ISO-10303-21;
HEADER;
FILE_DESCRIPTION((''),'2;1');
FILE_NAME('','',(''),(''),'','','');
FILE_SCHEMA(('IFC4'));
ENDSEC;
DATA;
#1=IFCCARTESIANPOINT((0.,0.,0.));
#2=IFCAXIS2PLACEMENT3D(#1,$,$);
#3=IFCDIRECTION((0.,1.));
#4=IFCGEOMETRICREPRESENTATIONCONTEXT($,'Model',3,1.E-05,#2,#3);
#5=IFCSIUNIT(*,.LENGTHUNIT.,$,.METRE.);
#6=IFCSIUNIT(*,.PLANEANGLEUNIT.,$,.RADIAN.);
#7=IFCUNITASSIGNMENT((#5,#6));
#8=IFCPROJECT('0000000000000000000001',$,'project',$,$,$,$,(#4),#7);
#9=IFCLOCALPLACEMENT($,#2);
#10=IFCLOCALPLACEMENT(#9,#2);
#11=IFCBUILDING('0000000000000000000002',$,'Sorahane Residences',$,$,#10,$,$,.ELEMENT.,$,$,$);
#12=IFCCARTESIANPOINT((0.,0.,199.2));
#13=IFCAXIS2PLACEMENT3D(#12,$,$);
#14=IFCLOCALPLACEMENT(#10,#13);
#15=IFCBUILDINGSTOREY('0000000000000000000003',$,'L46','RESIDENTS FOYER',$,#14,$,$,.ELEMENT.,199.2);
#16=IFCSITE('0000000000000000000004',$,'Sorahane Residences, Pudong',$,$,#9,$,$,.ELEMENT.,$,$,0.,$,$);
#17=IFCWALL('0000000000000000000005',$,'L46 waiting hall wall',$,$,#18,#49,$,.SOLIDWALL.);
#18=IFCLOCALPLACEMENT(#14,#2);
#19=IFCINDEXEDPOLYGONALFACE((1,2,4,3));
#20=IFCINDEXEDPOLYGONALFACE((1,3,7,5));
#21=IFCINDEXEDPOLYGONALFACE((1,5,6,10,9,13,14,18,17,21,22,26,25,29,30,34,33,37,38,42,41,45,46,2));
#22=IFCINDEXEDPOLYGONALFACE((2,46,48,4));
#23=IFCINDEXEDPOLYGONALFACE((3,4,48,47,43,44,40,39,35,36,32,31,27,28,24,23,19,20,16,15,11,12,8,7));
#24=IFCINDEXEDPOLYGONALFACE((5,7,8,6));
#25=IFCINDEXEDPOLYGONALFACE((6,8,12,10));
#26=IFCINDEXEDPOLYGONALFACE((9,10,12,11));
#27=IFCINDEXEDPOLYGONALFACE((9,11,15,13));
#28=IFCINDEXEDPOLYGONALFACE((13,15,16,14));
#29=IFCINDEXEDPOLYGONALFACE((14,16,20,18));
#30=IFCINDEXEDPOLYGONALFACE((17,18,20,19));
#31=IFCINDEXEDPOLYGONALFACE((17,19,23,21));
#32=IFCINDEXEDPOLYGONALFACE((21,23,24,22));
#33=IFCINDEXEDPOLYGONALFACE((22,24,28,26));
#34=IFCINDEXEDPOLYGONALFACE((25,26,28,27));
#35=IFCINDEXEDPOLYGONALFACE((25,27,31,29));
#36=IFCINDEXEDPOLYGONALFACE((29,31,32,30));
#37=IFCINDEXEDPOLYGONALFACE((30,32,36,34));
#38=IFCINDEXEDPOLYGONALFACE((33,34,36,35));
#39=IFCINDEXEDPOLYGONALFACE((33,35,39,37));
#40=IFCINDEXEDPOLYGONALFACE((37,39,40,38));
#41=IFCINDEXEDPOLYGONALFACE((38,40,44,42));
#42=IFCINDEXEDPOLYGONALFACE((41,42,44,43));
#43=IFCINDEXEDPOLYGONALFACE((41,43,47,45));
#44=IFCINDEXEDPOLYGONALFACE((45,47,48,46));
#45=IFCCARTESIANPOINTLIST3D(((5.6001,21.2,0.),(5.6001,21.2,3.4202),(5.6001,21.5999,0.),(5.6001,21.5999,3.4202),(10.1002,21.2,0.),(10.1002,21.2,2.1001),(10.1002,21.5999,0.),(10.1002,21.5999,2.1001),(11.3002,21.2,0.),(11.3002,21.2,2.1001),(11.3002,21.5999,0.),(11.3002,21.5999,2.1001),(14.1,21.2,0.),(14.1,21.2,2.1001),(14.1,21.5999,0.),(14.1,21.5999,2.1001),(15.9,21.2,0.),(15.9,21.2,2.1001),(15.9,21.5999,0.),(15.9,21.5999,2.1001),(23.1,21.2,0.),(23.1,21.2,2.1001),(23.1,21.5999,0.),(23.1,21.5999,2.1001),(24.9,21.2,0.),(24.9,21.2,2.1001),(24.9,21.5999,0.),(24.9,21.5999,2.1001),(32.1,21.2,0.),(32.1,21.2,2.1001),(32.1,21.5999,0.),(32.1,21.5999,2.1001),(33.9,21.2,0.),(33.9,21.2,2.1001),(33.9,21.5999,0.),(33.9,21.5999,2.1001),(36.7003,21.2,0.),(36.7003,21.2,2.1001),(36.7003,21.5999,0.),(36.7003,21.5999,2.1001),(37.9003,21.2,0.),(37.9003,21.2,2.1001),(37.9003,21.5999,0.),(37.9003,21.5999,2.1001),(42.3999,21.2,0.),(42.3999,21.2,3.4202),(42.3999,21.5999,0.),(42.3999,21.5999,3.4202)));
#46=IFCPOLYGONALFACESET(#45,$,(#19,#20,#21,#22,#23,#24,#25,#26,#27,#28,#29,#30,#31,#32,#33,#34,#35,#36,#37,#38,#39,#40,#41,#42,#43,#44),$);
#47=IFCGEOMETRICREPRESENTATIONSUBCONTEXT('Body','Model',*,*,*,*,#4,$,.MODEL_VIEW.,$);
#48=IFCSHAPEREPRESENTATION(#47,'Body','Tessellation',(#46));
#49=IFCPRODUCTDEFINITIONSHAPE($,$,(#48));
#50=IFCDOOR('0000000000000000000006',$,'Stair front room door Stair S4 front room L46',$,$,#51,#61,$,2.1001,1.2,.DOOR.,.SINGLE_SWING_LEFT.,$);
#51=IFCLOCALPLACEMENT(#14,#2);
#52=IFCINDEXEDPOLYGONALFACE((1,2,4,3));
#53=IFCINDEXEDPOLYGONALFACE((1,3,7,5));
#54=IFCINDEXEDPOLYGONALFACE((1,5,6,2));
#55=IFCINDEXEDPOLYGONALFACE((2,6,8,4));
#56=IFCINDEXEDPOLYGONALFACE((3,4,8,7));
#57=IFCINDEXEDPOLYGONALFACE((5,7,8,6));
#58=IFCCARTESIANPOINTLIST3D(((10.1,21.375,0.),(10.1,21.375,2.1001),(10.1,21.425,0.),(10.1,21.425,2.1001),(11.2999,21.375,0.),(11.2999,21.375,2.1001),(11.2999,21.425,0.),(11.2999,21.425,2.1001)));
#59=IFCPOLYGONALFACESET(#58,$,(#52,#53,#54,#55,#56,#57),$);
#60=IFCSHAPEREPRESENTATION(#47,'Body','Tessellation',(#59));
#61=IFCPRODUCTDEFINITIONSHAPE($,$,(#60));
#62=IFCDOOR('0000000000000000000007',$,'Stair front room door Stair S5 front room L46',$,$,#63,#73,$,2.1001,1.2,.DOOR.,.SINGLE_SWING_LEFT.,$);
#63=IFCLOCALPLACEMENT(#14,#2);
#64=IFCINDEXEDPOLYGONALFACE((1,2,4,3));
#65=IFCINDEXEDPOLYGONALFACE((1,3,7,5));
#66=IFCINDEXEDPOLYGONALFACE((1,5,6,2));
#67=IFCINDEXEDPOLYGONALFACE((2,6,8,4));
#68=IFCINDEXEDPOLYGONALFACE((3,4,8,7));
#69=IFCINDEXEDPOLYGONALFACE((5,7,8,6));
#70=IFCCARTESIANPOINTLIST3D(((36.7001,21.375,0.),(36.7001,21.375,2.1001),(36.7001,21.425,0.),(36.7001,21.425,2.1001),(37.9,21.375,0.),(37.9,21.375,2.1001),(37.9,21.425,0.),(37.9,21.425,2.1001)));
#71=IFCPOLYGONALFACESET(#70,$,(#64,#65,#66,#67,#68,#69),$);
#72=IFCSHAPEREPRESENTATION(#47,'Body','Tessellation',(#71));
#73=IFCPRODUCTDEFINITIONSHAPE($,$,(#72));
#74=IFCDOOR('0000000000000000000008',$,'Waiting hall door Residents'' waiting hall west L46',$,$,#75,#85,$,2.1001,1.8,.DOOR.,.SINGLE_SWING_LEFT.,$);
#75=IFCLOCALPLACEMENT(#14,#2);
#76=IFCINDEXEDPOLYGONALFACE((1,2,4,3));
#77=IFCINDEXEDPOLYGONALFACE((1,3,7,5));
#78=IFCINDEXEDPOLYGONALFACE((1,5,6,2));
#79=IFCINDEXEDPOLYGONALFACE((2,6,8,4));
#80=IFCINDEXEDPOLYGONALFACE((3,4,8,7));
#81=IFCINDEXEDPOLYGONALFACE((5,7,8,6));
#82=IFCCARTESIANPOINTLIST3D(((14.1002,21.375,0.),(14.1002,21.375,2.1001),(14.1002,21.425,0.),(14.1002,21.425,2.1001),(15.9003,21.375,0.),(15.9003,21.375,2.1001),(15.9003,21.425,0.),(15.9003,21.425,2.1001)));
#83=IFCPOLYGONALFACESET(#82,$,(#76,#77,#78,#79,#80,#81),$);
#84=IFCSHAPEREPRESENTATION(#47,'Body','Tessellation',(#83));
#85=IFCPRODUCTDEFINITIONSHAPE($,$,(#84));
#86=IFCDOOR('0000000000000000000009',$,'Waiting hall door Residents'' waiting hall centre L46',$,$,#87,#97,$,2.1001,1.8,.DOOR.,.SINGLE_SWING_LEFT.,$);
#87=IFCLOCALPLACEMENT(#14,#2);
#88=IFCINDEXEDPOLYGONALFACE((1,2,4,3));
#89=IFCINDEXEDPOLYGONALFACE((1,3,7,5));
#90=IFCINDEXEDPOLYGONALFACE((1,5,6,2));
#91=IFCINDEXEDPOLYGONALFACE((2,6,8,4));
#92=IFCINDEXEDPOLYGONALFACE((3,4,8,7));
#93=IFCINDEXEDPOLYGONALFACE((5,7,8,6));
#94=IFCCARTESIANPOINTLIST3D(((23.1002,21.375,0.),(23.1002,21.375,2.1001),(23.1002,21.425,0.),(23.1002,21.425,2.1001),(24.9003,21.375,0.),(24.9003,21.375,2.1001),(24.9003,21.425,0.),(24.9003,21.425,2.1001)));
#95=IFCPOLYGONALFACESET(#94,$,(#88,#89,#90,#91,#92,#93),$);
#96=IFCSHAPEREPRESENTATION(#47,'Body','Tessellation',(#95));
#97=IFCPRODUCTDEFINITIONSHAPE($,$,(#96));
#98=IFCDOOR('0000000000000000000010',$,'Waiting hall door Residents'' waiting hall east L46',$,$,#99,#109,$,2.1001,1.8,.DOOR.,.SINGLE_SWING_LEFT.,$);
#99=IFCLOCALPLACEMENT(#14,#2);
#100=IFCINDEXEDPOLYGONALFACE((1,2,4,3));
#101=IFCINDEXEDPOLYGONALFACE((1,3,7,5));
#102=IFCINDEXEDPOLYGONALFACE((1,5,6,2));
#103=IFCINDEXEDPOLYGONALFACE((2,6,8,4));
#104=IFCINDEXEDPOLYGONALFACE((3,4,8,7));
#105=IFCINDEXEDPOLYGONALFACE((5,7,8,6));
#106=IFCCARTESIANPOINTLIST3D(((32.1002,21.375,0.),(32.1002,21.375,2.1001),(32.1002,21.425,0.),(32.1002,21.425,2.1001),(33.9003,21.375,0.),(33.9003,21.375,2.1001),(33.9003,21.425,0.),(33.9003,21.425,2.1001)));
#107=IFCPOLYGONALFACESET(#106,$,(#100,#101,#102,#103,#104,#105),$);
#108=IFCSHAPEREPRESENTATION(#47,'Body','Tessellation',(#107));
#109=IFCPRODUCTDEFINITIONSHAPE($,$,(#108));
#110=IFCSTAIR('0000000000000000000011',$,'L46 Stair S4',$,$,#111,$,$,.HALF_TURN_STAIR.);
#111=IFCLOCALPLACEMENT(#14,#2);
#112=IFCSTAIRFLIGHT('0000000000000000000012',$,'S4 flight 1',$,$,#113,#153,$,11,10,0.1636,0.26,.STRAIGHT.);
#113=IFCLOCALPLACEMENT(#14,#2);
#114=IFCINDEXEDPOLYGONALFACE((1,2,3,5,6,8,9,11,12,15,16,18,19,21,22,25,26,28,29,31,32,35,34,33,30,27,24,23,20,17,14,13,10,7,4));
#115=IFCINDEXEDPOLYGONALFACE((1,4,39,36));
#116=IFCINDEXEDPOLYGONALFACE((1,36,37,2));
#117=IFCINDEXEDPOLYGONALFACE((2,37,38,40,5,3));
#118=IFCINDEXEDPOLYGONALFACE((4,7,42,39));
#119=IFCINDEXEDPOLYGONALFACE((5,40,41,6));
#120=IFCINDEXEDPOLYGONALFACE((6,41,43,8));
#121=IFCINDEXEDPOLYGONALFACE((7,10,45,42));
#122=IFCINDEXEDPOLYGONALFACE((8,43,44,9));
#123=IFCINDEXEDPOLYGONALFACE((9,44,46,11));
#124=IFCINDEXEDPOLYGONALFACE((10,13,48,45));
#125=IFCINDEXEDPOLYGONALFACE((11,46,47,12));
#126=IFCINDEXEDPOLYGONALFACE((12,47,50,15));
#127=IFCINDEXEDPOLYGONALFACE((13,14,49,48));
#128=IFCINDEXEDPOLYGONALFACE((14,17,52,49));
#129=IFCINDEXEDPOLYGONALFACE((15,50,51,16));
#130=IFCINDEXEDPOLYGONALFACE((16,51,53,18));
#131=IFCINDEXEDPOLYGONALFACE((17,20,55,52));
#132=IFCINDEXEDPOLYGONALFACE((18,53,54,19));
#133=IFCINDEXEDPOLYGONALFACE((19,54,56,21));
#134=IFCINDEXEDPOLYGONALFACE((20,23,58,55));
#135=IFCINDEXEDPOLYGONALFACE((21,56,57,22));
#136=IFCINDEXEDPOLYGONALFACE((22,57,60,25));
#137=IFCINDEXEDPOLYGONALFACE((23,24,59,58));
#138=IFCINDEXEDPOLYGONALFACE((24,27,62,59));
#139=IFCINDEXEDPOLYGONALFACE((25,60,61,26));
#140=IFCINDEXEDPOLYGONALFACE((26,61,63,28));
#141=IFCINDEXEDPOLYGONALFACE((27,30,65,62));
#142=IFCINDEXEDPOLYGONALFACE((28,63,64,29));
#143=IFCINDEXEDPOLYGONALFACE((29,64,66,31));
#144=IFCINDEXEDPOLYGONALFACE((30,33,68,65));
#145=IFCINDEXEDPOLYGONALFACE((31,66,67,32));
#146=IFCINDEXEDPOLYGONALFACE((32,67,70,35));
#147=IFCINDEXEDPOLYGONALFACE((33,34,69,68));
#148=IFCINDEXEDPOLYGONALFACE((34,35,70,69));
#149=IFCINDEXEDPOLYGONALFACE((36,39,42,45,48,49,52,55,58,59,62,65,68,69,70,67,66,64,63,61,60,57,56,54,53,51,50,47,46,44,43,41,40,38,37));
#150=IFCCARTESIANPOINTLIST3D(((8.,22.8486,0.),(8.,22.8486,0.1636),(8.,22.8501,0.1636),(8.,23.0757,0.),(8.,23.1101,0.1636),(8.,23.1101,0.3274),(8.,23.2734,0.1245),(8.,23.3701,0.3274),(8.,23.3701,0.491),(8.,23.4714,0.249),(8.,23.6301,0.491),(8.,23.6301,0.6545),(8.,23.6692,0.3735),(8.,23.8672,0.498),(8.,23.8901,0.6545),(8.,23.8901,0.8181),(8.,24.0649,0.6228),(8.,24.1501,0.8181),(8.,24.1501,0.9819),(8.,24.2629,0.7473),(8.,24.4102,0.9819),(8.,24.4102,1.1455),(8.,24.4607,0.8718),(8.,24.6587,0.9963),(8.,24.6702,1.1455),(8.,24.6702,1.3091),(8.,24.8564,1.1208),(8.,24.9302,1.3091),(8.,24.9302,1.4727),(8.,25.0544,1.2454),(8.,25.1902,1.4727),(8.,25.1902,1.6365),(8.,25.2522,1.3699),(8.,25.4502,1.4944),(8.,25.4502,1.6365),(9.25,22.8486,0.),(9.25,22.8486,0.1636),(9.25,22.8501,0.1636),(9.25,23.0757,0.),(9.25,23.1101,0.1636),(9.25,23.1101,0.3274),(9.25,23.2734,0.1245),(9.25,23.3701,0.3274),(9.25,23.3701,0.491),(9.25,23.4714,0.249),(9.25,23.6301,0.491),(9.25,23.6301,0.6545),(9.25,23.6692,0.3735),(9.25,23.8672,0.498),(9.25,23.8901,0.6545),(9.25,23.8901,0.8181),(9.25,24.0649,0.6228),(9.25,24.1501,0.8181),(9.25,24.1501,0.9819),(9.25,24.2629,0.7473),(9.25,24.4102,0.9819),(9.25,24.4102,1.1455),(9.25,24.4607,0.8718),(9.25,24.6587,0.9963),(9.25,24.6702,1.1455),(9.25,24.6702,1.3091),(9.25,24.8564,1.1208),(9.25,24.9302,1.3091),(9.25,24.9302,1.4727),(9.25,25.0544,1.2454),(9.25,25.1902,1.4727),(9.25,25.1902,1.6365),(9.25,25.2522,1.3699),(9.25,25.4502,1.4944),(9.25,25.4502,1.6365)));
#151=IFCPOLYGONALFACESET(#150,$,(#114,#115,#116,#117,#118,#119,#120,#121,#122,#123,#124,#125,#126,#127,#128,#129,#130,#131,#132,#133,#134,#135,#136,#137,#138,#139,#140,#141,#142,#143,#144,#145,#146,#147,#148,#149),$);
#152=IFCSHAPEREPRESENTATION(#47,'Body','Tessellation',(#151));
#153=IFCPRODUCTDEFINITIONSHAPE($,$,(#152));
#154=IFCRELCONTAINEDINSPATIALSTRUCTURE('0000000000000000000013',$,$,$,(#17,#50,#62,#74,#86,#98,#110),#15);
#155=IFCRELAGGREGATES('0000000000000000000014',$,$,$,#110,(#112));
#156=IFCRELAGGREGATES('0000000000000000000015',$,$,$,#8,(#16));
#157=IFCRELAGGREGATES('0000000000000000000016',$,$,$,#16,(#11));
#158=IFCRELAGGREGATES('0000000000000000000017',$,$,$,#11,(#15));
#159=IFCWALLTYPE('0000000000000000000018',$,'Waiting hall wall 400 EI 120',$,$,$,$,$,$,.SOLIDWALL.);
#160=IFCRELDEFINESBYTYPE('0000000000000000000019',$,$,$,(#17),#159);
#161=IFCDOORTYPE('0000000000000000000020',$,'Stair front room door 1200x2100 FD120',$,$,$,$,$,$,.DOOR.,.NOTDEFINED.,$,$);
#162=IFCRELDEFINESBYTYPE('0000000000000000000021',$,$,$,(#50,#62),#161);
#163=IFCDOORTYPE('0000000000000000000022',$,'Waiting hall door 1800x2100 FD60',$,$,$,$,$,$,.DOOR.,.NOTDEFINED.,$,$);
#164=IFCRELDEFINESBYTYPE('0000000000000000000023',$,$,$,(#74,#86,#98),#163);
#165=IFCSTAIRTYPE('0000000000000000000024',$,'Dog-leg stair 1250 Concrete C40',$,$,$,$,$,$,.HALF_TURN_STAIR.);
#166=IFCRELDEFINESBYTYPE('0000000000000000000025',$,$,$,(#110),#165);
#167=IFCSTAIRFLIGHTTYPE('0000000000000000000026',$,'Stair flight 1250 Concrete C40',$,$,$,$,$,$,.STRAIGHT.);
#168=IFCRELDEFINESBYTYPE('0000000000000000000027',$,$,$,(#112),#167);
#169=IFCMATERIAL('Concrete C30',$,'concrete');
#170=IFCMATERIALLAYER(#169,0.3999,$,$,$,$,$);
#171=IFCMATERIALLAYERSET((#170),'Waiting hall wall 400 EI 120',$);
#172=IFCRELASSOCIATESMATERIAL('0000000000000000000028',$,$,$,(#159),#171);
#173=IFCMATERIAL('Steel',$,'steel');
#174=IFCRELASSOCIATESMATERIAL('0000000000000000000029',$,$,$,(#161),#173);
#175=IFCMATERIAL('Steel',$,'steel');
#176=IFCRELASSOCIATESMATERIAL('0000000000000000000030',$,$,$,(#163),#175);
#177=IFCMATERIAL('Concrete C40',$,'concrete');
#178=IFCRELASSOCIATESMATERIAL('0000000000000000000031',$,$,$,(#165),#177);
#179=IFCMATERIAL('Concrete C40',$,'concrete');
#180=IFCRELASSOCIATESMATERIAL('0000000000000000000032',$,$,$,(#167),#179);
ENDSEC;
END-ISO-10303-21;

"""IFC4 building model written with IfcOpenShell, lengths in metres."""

from ifc_helpers import new_model, si_unit, direction, frame, frame_2d, origin, place, context, subcontext, project, spatial, polyline, rectangle, outline, extrude, material, layer, layer_set, type_object, element, fill, aggregate, save


model = new_model("IFC4")

# Units and contexts
model_context = context("Model", 3, precision=1e-05, world=origin(), true_north=direction((0.0, 1.0)))
body_context = subcontext(model_context, "Body", "Model", "MODEL_VIEW")
ifc_project = project(units=[si_unit("LENGTHUNIT", "METRE"), si_unit("PLANEANGLEUNIT", "RADIAN")], contexts=[model_context])

# Site, building, storey
site_placement = place(None, origin())
site = spatial("IfcSite", under=ifc_project, at=site_placement, Name="Sorahane Residences, Pudong", CompositionType="ELEMENT", RefElevation=0.0)
building_placement = place(site_placement, origin())
building = spatial("IfcBuilding", under=site, at=building_placement, Name="Sorahane Residences", CompositionType="ELEMENT")
storey_placement = place(building_placement, frame((0.0, 0.0, 199.2)))
storey = spatial("IfcBuildingStorey", under=building, at=storey_placement, Name="L46", Description="RESIDENTS FOYER", CompositionType="ELEMENT", Elevation=199.2)

# Wall, openings, doors
ifc_material_1 = material(Name="Concrete C30", Category="concrete")
ifc_layer_1 = layer(ifc_material_1, 0.3999)
ifc_layer_set_1 = layer_set([ifc_layer_1], Name="Waiting hall wall 400 EI 120")
wall_type_1 = type_object("IfcWallType", Name="Waiting hall wall 400 EI 120", PredefinedType="SOLIDWALL", material=ifc_layer_set_1)
wall_1_placement = place(storey_placement, frame((5.6001, 21.3999, 0.0), z_axis=(0.0, 0.0, 1.0), x_axis=(1.0, 0.0, 0.0)))
wall_1 = element("IfcWall", 1, at=wall_1_placement, inside=storey, type_object=wall_type_1, Name="L46 waiting hall wall", PredefinedType="SOLIDWALL", context=body_context, shape_type="SweptSolid", body=[
    extrude(rectangle(XDim=36.7998, YDim=0.3999, at=frame_2d((18.3999, 0.0))), origin(), (0.0, 0.0, 1.0), 3.4202),
])
opening_1_placement = place(wall_1_placement, frame((8.5, 0.0, 0.0)))
opening_1 = element("IfcOpeningElement", 2, at=opening_1_placement, cuts=wall_1, PredefinedType="OPENING", context=body_context, shape_type="SweptSolid", body=[
    extrude(rectangle(XDim=1.8, YDim=2.1001, at=frame_2d((0.8999, 1.05))), frame((0.0, 0.21, 0.0), z_axis=(0.0, -1.0, 0.0), x_axis=(1.0, 0.0, 0.0)), (0.0, 0.0, 1.0), 0.4199),
])
opening_2_placement = place(wall_1_placement, frame((17.5, 0.0, 0.0)))
opening_2 = element("IfcOpeningElement", 3, at=opening_2_placement, cuts=wall_1, PredefinedType="OPENING", context=body_context, shape_type="SweptSolid", body=[
    extrude(rectangle(XDim=1.8, YDim=2.1001, at=frame_2d((0.8999, 1.05))), frame((0.0, 0.21, 0.0), z_axis=(0.0, -1.0, 0.0), x_axis=(1.0, 0.0, 0.0)), (0.0, 0.0, 1.0), 0.4199),
])
opening_3_placement = place(wall_1_placement, frame((26.5, 0.0, 0.0)))
opening_3 = element("IfcOpeningElement", 4, at=opening_3_placement, cuts=wall_1, PredefinedType="OPENING", context=body_context, shape_type="SweptSolid", body=[
    extrude(rectangle(XDim=1.8, YDim=2.1001, at=frame_2d((0.8999, 1.05))), frame((0.0, 0.21, 0.0), z_axis=(0.0, -1.0, 0.0), x_axis=(1.0, 0.0, 0.0)), (0.0, 0.0, 1.0), 0.4199),
])
opening_4_placement = place(wall_1_placement, frame((4.5, 0.0, 0.0)))
opening_4 = element("IfcOpeningElement", 5, at=opening_4_placement, cuts=wall_1, PredefinedType="OPENING", context=body_context, shape_type="SweptSolid", body=[
    extrude(rectangle(XDim=1.2, YDim=2.1001, at=frame_2d((0.6001, 1.05))), frame((0.0, 0.21, 0.0), z_axis=(0.0, -1.0, 0.0), x_axis=(1.0, 0.0, 0.0)), (0.0, 0.0, 1.0), 0.4199),
])
opening_5_placement = place(wall_1_placement, frame((31.1001, 0.0, 0.0)))
opening_5 = element("IfcOpeningElement", 6, at=opening_5_placement, cuts=wall_1, PredefinedType="OPENING", context=body_context, shape_type="SweptSolid", body=[
    extrude(rectangle(XDim=1.2, YDim=2.1001, at=frame_2d((0.6001, 1.05))), frame((0.0, 0.21, 0.0), z_axis=(0.0, -1.0, 0.0), x_axis=(1.0, 0.0, 0.0)), (0.0, 0.0, 1.0), 0.4199),
])
ifc_material_2 = material(Name="Steel", Category="steel")
door_type_1 = type_object("IfcDoorType", Name="Stair front room door 1200x2100 FD120", OperationType="NOTDEFINED", PredefinedType="DOOR", material=ifc_material_2)
door_1_placement = place(opening_4_placement, frame((1.2, 0.0, 0.0), z_axis=(0.0, 0.0, 1.0), x_axis=(-1.0, 0.0, 0.0)))
door_1 = element("IfcDoor", 7, at=door_1_placement, inside=storey, type_object=door_type_1, Name="Stair front room door Stair S4 front room L46", OperationType="SINGLE_SWING_LEFT", OverallHeight=2.1001, OverallWidth=1.2, PredefinedType="DOOR", context=body_context, shape_type="SweptSolid", body=[
    extrude(rectangle(XDim=1.2, YDim=2.1001, at=frame_2d((0.6001, 1.05))), frame((0.0, 0.0249, 0.0), z_axis=(0.0, -1.0, 0.0), x_axis=(1.0, 0.0, 0.0)), (0.0, 0.0, 1.0), 0.05),
])
fill(opening_4, door_1)
door_2_placement = place(opening_5_placement, frame((1.2, 0.0, 0.0), z_axis=(0.0, 0.0, 1.0), x_axis=(-1.0, 0.0, 0.0)))
door_2 = element("IfcDoor", 8, at=door_2_placement, inside=storey, type_object=door_type_1, Name="Stair front room door Stair S5 front room L46", OperationType="SINGLE_SWING_LEFT", OverallHeight=2.1001, OverallWidth=1.2, PredefinedType="DOOR", context=body_context, shape_type="SweptSolid", body=[
    extrude(rectangle(XDim=1.2, YDim=2.1001, at=frame_2d((0.6001, 1.05))), frame((0.0, 0.0249, 0.0), z_axis=(0.0, -1.0, 0.0), x_axis=(1.0, 0.0, 0.0)), (0.0, 0.0, 1.0), 0.05),
])
fill(opening_5, door_2)
ifc_material_3 = material(Name="Steel", Category="steel")
door_type_2 = type_object("IfcDoorType", Name="Waiting hall door 1800x2100 FD60", OperationType="NOTDEFINED", PredefinedType="DOOR", material=ifc_material_3)
door_3_placement = place(opening_1_placement, frame((1.8, 0.0, 0.0), z_axis=(0.0, 0.0, 1.0), x_axis=(-1.0, 0.0, 0.0)))
door_3 = element("IfcDoor", 9, at=door_3_placement, inside=storey, type_object=door_type_2, Name="Waiting hall door Residents' waiting hall west L46", OperationType="SINGLE_SWING_LEFT", OverallHeight=2.1001, OverallWidth=1.8, PredefinedType="DOOR", context=body_context, shape_type="SweptSolid", body=[
    extrude(rectangle(XDim=1.8, YDim=2.1001, at=frame_2d((0.8999, 1.05))), frame((0.0, 0.0249, 0.0), z_axis=(0.0, -1.0, 0.0), x_axis=(1.0, 0.0, 0.0)), (0.0, 0.0, 1.0), 0.05),
])
fill(opening_1, door_3)
door_4_placement = place(opening_2_placement, frame((1.8, 0.0, 0.0), z_axis=(0.0, 0.0, 1.0), x_axis=(-1.0, 0.0, 0.0)))
door_4 = element("IfcDoor", 10, at=door_4_placement, inside=storey, type_object=door_type_2, Name="Waiting hall door Residents' waiting hall centre L46", OperationType="SINGLE_SWING_LEFT", OverallHeight=2.1001, OverallWidth=1.8, PredefinedType="DOOR", context=body_context, shape_type="SweptSolid", body=[
    extrude(rectangle(XDim=1.8, YDim=2.1001, at=frame_2d((0.8999, 1.05))), frame((0.0, 0.0249, 0.0), z_axis=(0.0, -1.0, 0.0), x_axis=(1.0, 0.0, 0.0)), (0.0, 0.0, 1.0), 0.05),
])
fill(opening_2, door_4)
door_5_placement = place(opening_3_placement, frame((1.8, 0.0, 0.0), z_axis=(0.0, 0.0, 1.0), x_axis=(-1.0, 0.0, 0.0)))
door_5 = element("IfcDoor", 11, at=door_5_placement, inside=storey, type_object=door_type_2, Name="Waiting hall door Residents' waiting hall east L46", OperationType="SINGLE_SWING_LEFT", OverallHeight=2.1001, OverallWidth=1.8, PredefinedType="DOOR", context=body_context, shape_type="SweptSolid", body=[
    extrude(rectangle(XDim=1.8, YDim=2.1001, at=frame_2d((0.8999, 1.05))), frame((0.0, 0.0249, 0.0), z_axis=(0.0, -1.0, 0.0), x_axis=(1.0, 0.0, 0.0)), (0.0, 0.0, 1.0), 0.05),
])
fill(opening_3, door_5)

# Stair, stair flight
ifc_material_4 = material(Name="Concrete C40", Category="concrete")
stair_type = type_object("IfcStairType", Name="Dog-leg stair 1250 Concrete C40", PredefinedType="HALF_TURN_STAIR", material=ifc_material_4)
stair_placement = place(storey_placement, origin())
stair = element("IfcStair", 12, at=stair_placement, inside=storey, type_object=stair_type, Name="L46 Stair S4", PredefinedType="HALF_TURN_STAIR")
ifc_material_5 = material(Name="Concrete C40", Category="concrete")
stair_flight_type = type_object("IfcStairFlightType", Name="Stair flight 1250 Concrete C40", PredefinedType="STRAIGHT", material=ifc_material_5)
stair_flight_placement = place(storey_placement, frame((8.625, 22.8501, 0.0), z_axis=(0.0, 0.0, 1.0), x_axis=(0.0, 1.0, 0.0)))
stair_flight = element("IfcStairFlight", 13, at=stair_flight_placement, type_object=stair_flight_type, Name="S4 flight 1", NumberOfRisers=11, NumberOfTreads=10, PredefinedType="STRAIGHT", RiserHeight=0.1636, TreadLength=0.26, context=body_context, shape_type="SweptSolid", body=[
    extrude(outline(polyline([(-0.0015, 0.0), (-0.0015, 0.1636), (0.0, 0.1636), (0.26, 0.1636), (0.26, 0.3274), (0.52, 0.3274), (0.52, 0.491), (0.78, 0.491), (0.78, 0.6545), (1.04, 0.6545), (1.04, 0.8181), (1.3, 0.8181), (1.3, 0.9819), (1.5601, 0.9819), (1.5601, 1.1455), (1.8201, 1.1455), (1.8201, 1.3091), (2.0801, 1.3091), (2.0801, 1.4727), (2.3401, 1.4727), (2.3401, 1.6365), (2.6001, 1.6365), (2.6001, 1.8), (2.6001, 1.4944), (2.4021, 1.3699), (2.2043, 1.2454), (2.0063, 1.1208), (1.8086, 0.9963), (1.6106, 0.8718), (1.4128, 0.7473), (1.2148, 0.6228), (1.0171, 0.498), (0.8191, 0.3735), (0.6213, 0.249), (0.4233, 0.1245), (0.2256, 0.0), (-0.0015, 0.0)])), frame((0.0, 0.625, 0.0), z_axis=(0.0, -1.0, 0.0), x_axis=(1.0, 0.0, 0.0)), (0.0, 0.0, 1.0), 1.25),
])
aggregate(stair, [stair_flight])

save(model, "model.ifc")
